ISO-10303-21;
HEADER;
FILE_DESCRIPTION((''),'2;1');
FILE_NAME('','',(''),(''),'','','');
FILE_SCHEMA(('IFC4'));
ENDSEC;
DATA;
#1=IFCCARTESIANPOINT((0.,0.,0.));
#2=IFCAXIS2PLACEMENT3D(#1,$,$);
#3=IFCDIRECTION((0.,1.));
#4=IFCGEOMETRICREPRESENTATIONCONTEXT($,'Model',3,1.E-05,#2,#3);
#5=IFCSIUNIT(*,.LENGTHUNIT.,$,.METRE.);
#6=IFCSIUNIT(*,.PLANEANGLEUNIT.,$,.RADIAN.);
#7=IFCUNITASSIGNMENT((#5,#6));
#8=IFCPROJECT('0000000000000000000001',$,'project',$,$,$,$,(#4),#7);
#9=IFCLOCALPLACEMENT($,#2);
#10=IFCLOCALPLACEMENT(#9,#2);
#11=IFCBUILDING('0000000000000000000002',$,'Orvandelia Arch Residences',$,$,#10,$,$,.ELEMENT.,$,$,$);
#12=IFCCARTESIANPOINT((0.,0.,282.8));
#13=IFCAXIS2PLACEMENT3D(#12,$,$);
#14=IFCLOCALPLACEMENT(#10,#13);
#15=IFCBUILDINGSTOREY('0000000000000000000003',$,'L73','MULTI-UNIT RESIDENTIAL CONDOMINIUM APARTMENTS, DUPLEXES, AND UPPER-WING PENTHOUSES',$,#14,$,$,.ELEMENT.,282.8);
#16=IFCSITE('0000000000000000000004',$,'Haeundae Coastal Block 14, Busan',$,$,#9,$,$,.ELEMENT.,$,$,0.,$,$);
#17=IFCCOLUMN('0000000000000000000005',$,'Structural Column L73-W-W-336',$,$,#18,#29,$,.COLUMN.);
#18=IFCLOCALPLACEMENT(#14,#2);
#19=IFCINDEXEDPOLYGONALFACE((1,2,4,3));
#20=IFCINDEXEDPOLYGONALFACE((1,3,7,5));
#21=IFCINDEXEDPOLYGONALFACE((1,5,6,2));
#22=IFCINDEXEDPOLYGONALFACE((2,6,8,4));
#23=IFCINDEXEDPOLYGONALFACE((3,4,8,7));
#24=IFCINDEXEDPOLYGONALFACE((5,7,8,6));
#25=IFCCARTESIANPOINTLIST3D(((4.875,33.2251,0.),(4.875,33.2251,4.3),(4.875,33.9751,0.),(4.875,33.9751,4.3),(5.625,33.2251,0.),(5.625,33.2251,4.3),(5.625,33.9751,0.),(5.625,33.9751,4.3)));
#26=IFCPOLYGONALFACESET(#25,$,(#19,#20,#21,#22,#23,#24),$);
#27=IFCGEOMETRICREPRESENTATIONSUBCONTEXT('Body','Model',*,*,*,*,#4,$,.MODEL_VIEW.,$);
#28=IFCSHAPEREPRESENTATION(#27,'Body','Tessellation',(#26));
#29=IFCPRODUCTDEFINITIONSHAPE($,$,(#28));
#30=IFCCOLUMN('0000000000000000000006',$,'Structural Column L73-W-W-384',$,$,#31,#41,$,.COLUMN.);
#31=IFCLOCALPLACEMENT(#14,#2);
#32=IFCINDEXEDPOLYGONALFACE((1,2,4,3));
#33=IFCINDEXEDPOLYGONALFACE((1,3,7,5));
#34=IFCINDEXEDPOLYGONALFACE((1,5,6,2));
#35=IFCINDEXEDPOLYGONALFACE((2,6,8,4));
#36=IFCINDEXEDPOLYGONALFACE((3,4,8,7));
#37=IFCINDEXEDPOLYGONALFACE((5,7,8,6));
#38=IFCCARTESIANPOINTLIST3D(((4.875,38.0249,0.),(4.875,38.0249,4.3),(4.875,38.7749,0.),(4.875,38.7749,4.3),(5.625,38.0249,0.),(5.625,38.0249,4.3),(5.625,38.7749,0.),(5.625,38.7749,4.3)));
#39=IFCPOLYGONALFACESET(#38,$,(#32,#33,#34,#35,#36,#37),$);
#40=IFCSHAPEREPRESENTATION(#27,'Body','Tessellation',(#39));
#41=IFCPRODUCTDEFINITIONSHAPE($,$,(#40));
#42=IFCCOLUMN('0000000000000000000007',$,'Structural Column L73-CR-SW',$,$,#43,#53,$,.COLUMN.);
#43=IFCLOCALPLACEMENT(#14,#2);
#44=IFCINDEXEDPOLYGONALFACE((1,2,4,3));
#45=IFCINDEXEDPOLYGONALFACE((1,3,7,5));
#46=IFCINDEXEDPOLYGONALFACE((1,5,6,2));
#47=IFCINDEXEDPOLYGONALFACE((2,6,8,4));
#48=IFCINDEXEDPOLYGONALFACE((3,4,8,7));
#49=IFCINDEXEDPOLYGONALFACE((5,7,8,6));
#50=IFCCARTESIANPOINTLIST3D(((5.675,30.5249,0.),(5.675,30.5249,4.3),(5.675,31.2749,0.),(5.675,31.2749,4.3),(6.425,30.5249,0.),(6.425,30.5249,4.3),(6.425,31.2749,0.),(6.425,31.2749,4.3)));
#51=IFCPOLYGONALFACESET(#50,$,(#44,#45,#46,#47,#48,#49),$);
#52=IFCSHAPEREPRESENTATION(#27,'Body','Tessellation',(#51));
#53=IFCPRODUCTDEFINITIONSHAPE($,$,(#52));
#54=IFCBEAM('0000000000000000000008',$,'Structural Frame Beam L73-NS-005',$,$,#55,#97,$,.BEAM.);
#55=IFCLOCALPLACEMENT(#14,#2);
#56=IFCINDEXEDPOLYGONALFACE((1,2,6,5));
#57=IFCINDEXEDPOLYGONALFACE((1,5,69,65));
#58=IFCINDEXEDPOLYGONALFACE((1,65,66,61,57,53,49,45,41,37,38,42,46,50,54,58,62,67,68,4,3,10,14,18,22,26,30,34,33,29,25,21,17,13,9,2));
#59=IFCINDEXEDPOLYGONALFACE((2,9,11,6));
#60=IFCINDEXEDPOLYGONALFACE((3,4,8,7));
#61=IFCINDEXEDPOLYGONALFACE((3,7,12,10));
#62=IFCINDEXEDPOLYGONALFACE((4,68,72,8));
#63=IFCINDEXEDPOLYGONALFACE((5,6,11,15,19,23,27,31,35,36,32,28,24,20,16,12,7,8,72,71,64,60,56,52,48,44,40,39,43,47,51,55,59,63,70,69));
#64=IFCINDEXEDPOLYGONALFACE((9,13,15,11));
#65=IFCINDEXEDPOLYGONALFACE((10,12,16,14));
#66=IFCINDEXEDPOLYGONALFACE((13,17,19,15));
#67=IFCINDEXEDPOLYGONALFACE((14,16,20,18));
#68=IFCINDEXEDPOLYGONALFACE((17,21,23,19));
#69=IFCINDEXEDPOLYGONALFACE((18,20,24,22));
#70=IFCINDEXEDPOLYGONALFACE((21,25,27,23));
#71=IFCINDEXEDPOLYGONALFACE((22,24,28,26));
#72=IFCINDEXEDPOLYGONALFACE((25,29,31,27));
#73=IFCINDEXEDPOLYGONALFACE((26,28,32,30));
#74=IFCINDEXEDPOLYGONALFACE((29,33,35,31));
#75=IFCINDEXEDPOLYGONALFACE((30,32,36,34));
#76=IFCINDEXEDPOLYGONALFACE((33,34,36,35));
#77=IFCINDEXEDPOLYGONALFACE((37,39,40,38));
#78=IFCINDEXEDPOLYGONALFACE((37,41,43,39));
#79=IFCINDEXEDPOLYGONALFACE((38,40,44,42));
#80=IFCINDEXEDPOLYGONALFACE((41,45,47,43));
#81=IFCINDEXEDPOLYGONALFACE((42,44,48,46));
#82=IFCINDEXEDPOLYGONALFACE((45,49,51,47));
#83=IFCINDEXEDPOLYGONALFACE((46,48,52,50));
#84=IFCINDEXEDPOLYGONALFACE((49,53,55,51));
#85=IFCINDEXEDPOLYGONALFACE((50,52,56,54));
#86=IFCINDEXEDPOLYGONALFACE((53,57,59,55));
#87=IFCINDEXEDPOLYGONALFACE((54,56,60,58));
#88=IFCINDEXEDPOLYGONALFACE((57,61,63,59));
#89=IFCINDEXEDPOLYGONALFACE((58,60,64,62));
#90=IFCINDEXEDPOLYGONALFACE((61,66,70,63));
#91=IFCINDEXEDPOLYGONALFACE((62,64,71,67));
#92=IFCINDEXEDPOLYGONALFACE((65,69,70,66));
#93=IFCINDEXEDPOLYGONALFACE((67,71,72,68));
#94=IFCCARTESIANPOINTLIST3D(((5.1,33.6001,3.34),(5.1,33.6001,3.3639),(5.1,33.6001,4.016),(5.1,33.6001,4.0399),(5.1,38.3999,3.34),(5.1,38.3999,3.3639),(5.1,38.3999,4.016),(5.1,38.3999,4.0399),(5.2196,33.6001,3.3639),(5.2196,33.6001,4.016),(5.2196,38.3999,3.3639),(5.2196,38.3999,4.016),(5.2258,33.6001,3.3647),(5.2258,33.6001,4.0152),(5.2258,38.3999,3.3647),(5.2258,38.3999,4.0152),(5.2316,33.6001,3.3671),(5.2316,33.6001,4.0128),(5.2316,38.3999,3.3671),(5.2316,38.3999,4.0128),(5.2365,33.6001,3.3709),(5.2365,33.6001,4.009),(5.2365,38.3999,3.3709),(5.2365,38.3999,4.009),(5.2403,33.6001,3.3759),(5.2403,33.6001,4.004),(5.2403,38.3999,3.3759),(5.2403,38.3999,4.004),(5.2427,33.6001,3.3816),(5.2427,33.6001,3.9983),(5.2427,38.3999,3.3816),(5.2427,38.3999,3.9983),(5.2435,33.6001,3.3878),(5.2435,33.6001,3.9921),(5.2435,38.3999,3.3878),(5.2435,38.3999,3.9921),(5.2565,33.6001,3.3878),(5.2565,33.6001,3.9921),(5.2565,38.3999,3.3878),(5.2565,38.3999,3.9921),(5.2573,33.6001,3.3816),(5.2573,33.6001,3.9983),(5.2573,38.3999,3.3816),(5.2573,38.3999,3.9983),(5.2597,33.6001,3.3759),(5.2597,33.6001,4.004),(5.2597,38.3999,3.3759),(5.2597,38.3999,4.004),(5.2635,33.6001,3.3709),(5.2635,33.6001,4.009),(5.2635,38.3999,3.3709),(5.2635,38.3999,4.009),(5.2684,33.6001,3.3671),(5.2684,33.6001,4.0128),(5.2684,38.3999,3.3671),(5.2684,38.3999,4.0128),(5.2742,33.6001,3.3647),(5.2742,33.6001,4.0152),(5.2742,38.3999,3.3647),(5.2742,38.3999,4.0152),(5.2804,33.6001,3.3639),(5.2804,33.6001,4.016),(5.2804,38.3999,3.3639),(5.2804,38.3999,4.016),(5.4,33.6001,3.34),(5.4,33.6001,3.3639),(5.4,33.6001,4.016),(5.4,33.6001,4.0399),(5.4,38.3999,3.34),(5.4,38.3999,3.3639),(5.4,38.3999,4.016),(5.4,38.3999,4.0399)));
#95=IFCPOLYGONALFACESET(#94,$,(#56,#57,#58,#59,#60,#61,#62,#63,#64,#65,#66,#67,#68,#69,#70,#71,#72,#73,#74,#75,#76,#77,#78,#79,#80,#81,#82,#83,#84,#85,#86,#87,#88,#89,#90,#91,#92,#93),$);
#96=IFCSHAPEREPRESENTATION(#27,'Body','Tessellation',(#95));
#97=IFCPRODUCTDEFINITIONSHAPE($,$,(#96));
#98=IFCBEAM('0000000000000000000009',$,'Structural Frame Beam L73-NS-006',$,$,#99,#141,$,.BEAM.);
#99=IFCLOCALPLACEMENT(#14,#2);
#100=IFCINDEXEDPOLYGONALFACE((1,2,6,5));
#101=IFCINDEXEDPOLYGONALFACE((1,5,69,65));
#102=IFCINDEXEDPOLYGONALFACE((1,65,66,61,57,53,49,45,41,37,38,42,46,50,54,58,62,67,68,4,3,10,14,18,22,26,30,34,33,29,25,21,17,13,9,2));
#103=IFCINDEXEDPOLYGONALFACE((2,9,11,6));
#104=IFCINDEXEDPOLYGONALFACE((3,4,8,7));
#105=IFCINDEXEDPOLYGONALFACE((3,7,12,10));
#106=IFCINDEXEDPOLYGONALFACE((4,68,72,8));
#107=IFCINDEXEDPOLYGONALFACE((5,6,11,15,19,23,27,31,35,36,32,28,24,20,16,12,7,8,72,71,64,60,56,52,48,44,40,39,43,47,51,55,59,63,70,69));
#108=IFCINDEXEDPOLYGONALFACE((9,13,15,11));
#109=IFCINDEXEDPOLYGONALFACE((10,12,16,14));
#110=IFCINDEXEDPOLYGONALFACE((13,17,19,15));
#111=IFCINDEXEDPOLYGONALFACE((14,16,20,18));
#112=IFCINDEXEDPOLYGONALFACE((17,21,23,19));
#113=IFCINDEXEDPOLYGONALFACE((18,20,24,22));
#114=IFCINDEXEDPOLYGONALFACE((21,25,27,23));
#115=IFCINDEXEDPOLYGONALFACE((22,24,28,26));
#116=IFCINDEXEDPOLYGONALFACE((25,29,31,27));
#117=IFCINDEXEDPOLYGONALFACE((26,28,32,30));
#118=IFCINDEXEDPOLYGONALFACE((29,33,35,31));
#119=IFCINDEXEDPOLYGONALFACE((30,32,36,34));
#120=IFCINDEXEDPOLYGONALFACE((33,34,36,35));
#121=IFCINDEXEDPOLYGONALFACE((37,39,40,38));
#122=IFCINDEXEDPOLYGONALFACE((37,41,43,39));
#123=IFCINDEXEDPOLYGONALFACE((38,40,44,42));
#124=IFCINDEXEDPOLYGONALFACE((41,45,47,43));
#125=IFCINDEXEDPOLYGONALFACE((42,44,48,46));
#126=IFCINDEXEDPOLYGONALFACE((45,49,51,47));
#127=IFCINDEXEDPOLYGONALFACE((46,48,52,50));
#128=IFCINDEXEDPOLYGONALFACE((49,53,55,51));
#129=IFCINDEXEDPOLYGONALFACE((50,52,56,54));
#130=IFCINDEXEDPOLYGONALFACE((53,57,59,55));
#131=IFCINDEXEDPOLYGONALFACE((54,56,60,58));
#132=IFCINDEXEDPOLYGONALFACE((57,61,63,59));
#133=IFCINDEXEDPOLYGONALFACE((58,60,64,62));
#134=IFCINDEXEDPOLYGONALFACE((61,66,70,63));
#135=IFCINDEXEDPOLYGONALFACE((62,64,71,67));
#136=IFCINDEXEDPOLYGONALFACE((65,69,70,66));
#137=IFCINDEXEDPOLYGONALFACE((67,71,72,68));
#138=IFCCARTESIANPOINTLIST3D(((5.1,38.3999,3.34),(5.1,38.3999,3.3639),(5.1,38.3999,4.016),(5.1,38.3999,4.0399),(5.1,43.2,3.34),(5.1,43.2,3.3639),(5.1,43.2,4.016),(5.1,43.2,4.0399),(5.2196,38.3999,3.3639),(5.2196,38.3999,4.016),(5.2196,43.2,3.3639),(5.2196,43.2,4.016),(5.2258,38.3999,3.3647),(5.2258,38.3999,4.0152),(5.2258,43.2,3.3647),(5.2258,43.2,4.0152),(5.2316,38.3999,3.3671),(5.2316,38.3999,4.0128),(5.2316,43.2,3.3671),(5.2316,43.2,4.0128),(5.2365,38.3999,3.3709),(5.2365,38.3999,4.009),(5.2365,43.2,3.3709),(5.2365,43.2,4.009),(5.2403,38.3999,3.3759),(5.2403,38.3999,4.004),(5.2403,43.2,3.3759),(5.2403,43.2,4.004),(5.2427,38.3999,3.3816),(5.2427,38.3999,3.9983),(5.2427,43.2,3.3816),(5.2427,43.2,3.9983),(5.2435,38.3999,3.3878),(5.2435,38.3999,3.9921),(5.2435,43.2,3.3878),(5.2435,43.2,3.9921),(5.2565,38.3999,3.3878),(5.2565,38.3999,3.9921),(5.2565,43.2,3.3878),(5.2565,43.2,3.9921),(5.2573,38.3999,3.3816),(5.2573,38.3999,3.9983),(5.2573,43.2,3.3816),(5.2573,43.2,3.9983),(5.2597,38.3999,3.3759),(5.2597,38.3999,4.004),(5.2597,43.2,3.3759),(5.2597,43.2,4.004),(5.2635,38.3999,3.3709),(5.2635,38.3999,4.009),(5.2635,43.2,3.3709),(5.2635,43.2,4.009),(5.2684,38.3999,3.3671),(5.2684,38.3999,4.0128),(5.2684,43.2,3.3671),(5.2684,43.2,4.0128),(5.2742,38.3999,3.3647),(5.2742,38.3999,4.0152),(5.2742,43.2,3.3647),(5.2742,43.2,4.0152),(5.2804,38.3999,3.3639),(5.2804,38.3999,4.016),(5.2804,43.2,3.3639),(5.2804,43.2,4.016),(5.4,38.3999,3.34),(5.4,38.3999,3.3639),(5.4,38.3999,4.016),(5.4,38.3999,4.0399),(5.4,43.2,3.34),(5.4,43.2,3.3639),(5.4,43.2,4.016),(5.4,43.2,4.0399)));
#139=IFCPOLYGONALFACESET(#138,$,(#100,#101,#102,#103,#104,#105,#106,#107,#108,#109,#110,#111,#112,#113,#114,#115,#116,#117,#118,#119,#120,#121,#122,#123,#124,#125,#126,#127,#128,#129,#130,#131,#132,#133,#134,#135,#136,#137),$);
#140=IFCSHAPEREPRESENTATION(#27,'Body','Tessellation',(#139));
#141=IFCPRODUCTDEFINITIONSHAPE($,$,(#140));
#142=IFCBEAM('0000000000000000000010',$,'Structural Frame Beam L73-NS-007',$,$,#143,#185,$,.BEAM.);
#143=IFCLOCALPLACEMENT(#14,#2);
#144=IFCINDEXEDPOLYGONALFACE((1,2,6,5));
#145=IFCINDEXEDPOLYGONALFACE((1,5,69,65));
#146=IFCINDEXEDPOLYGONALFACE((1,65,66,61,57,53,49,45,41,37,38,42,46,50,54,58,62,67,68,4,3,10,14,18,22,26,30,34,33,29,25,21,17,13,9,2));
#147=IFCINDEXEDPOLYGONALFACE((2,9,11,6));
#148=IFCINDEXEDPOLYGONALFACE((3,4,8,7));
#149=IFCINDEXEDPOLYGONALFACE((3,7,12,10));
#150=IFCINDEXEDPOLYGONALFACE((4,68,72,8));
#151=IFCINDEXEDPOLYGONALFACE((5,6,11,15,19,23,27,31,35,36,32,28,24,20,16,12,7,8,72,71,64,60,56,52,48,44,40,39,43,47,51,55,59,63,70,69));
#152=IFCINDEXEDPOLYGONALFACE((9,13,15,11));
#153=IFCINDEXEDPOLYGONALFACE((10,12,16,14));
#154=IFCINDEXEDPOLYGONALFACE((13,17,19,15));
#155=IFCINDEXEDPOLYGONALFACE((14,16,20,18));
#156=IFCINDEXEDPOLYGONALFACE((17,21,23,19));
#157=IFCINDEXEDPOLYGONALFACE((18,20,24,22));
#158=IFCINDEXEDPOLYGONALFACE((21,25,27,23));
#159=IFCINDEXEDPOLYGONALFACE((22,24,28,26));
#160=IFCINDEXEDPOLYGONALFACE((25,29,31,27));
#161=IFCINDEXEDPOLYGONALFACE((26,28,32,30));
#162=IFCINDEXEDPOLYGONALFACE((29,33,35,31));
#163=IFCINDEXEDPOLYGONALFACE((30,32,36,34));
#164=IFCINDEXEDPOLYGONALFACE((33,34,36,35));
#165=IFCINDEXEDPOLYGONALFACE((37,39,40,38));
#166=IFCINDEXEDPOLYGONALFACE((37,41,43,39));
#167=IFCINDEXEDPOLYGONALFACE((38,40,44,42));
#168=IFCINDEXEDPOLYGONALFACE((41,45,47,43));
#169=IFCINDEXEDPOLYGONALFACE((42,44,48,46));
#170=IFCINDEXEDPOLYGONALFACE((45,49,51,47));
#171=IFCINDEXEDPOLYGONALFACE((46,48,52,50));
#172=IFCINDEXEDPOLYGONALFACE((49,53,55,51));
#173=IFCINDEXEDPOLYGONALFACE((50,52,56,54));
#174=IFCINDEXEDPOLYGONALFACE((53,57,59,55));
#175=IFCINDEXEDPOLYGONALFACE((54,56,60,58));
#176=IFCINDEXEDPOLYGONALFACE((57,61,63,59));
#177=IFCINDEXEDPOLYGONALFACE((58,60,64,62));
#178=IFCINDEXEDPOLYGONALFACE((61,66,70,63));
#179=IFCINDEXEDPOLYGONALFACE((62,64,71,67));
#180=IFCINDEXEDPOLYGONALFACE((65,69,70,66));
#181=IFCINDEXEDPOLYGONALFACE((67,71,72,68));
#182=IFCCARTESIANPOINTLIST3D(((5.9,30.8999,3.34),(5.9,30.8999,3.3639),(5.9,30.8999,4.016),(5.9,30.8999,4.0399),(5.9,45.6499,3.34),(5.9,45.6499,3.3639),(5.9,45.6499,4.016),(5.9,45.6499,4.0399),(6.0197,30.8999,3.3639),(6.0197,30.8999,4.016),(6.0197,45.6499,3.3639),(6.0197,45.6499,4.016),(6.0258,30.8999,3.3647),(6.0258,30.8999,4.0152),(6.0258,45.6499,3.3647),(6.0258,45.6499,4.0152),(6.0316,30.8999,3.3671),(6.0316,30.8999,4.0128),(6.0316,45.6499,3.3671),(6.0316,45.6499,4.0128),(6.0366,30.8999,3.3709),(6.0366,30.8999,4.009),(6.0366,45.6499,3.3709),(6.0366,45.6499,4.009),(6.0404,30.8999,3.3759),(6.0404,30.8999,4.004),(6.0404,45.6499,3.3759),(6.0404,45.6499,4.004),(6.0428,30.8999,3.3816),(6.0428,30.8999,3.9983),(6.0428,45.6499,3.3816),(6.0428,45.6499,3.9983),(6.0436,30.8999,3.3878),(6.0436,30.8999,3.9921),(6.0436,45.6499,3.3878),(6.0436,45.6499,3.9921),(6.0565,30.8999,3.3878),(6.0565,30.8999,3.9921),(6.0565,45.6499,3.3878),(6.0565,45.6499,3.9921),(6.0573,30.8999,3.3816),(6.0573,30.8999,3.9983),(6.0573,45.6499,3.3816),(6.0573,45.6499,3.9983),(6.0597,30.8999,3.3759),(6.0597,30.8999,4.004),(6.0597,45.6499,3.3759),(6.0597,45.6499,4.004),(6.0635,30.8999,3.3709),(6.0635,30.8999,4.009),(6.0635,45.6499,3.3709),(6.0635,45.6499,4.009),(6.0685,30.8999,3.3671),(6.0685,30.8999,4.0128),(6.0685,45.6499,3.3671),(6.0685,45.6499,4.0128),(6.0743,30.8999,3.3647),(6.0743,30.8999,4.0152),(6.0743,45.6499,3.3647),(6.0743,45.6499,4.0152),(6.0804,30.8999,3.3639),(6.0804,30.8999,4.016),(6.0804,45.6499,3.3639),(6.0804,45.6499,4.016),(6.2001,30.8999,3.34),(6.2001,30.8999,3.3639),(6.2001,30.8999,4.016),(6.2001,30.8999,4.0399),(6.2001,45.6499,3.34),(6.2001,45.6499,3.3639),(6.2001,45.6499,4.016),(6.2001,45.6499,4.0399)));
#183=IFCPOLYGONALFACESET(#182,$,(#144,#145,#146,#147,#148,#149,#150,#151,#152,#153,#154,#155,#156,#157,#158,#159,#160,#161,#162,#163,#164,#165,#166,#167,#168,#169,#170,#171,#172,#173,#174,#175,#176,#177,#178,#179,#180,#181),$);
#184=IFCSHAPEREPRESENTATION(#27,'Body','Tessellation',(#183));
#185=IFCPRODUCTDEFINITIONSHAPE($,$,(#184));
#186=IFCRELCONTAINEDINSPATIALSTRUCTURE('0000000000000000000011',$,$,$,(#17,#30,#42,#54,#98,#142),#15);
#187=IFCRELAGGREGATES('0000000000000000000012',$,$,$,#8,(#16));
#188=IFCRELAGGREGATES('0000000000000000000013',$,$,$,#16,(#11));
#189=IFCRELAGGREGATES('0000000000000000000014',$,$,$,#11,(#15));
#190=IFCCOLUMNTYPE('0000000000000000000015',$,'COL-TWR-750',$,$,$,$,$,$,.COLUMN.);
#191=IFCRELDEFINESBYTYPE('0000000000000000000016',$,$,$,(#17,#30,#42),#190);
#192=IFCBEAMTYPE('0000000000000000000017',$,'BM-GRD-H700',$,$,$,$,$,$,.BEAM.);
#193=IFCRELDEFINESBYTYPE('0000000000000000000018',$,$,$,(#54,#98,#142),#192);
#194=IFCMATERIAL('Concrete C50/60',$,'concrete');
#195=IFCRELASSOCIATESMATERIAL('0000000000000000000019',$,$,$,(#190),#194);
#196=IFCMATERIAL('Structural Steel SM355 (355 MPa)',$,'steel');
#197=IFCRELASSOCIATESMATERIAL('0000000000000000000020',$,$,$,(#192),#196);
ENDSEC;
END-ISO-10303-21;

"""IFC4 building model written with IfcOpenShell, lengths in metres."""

from ifc_helpers import new_model, si_unit, direction, frame, origin, origin_2d, place, context, subcontext, project, spatial, rectangle, i_section, extrude, material, material_profile, profile_set, type_object, element, save


model = new_model("IFC4")

# Units and contexts
model_context = context("Model", 3, precision=1e-05, world=origin(), true_north=direction((0.0, 1.0)))
body_context = subcontext(model_context, "Body", "Model", "MODEL_VIEW")
ifc_project = project(units=[si_unit("LENGTHUNIT", "METRE"), si_unit("PLANEANGLEUNIT", "RADIAN")], contexts=[model_context])

# Site, building, storey
site_placement = place(None, origin())
site = spatial("IfcSite", under=ifc_project, at=site_placement, Name="Haeundae Coastal Block 14, Busan", CompositionType="ELEMENT", RefElevation=0.0)
building_placement = place(site_placement, origin())
building = spatial("IfcBuilding", under=site, at=building_placement, Name="Orvandelia Arch Residences", CompositionType="ELEMENT")
storey_placement = place(building_placement, frame((0.0, 0.0, 282.8)))
storey = spatial("IfcBuildingStorey", under=building, at=storey_placement, Name="L73", Description="MULTI-UNIT RESIDENTIAL CONDOMINIUM APARTMENTS, DUPLEXES, AND UPPER-WING PENTHOUSES", CompositionType="ELEMENT", Elevation=282.8)

# Columns
ifc_material_1 = material(Name="Concrete C50/60", Category="concrete")
ifc_material_profile_1 = material_profile(ifc_material_1, rectangle(XDim=0.75, YDim=0.75, at=origin_2d()), Name="Concrete C50/60", Category="concrete")
ifc_profile_set_1 = profile_set([ifc_material_profile_1], Name="Concrete C50/60")
column_type = type_object("IfcColumnType", Name="COL-TWR-750", PredefinedType="COLUMN", material=ifc_profile_set_1)
for number, where, z_axis, x_axis, name in (
    (1, (5.25, 33.6001, 0.0), (0.0, 0.0, 1.0), (1.0, 0.0, 0.0), "Structural Column L73-W-W-336"),
    (2, (5.25, 38.3999, 0.0), (0.0, 0.0, 1.0), (1.0, 0.0, 0.0), "Structural Column L73-W-W-384"),
    (3, (6.05, 30.8999, 0.0), (0.0, 0.0, 1.0), (1.0, 0.0, 0.0), "Structural Column L73-CR-SW"),
):
    element("IfcColumn", number, at=place(storey_placement, frame(where, z_axis=z_axis, x_axis=x_axis)), inside=storey, type_object=column_type, Name=name, PredefinedType="COLUMN", context=body_context, shape_type="SweptSolid", body=[
        extrude(rectangle(XDim=0.75, YDim=0.75, at=origin_2d()), origin(), (0.0, 0.0, 1.0), 4.3),
    ])

# Beams
ifc_material_2 = material(Name="Structural Steel SM355 (355 MPa)", Category="steel")
ifc_material_profile_2 = material_profile(ifc_material_2, i_section(OverallWidth=0.3, OverallDepth=0.7, WebThickness=0.0129, FlangeThickness=0.0239, FilletRadius=0.0239, at=origin_2d()), Name="Structural Steel SM355 (355 MPa)", Category="steel")
ifc_profile_set_2 = profile_set([ifc_material_profile_2], Name="Structural Steel SM355 (355 MPa)")
beam_type = type_object("IfcBeamType", Name="BM-GRD-H700", PredefinedType="BEAM", material=ifc_profile_set_2)
beam_1_placement = place(storey_placement, frame((5.25, 33.6001, 3.6899), z_axis=(0.0, 1.0, 0.0), x_axis=(-1.0, 0.0, 0.0)))
element("IfcBeam", 4, at=beam_1_placement, inside=storey, type_object=beam_type, Name="Structural Frame Beam L73-NS-005", PredefinedType="BEAM", context=body_context, shape_type="SweptSolid", body=[
    extrude(i_section(OverallWidth=0.3, OverallDepth=0.7, WebThickness=0.0129, FlangeThickness=0.0239, FilletRadius=0.0239, at=origin_2d()), origin(), (0.0, 0.0, 1.0), 4.7998),
])
beam_2_placement = place(storey_placement, frame((5.25, 38.3999, 3.6899), z_axis=(0.0, 1.0, 0.0), x_axis=(-1.0, 0.0, 0.0)))
element("IfcBeam", 5, at=beam_2_placement, inside=storey, type_object=beam_type, Name="Structural Frame Beam L73-NS-006", PredefinedType="BEAM", context=body_context, shape_type="SweptSolid", body=[
    extrude(i_section(OverallWidth=0.3, OverallDepth=0.7, WebThickness=0.0129, FlangeThickness=0.0239, FilletRadius=0.0239, at=origin_2d()), origin(), (0.0, 0.0, 1.0), 4.8),
])
beam_3_placement = place(storey_placement, frame((6.05, 30.8999, 3.6899), z_axis=(0.0, 1.0, 0.0), x_axis=(-1.0, 0.0, 0.0)))
element("IfcBeam", 6, at=beam_3_placement, inside=storey, type_object=beam_type, Name="Structural Frame Beam L73-NS-007", PredefinedType="BEAM", context=body_context, shape_type="SweptSolid", body=[
    extrude(i_section(OverallWidth=0.3, OverallDepth=0.7, WebThickness=0.0129, FlangeThickness=0.0239, FilletRadius=0.0239, at=origin_2d()), origin(), (0.0, 0.0, 1.0), 14.75),
])

save(model, "model.ifc")
